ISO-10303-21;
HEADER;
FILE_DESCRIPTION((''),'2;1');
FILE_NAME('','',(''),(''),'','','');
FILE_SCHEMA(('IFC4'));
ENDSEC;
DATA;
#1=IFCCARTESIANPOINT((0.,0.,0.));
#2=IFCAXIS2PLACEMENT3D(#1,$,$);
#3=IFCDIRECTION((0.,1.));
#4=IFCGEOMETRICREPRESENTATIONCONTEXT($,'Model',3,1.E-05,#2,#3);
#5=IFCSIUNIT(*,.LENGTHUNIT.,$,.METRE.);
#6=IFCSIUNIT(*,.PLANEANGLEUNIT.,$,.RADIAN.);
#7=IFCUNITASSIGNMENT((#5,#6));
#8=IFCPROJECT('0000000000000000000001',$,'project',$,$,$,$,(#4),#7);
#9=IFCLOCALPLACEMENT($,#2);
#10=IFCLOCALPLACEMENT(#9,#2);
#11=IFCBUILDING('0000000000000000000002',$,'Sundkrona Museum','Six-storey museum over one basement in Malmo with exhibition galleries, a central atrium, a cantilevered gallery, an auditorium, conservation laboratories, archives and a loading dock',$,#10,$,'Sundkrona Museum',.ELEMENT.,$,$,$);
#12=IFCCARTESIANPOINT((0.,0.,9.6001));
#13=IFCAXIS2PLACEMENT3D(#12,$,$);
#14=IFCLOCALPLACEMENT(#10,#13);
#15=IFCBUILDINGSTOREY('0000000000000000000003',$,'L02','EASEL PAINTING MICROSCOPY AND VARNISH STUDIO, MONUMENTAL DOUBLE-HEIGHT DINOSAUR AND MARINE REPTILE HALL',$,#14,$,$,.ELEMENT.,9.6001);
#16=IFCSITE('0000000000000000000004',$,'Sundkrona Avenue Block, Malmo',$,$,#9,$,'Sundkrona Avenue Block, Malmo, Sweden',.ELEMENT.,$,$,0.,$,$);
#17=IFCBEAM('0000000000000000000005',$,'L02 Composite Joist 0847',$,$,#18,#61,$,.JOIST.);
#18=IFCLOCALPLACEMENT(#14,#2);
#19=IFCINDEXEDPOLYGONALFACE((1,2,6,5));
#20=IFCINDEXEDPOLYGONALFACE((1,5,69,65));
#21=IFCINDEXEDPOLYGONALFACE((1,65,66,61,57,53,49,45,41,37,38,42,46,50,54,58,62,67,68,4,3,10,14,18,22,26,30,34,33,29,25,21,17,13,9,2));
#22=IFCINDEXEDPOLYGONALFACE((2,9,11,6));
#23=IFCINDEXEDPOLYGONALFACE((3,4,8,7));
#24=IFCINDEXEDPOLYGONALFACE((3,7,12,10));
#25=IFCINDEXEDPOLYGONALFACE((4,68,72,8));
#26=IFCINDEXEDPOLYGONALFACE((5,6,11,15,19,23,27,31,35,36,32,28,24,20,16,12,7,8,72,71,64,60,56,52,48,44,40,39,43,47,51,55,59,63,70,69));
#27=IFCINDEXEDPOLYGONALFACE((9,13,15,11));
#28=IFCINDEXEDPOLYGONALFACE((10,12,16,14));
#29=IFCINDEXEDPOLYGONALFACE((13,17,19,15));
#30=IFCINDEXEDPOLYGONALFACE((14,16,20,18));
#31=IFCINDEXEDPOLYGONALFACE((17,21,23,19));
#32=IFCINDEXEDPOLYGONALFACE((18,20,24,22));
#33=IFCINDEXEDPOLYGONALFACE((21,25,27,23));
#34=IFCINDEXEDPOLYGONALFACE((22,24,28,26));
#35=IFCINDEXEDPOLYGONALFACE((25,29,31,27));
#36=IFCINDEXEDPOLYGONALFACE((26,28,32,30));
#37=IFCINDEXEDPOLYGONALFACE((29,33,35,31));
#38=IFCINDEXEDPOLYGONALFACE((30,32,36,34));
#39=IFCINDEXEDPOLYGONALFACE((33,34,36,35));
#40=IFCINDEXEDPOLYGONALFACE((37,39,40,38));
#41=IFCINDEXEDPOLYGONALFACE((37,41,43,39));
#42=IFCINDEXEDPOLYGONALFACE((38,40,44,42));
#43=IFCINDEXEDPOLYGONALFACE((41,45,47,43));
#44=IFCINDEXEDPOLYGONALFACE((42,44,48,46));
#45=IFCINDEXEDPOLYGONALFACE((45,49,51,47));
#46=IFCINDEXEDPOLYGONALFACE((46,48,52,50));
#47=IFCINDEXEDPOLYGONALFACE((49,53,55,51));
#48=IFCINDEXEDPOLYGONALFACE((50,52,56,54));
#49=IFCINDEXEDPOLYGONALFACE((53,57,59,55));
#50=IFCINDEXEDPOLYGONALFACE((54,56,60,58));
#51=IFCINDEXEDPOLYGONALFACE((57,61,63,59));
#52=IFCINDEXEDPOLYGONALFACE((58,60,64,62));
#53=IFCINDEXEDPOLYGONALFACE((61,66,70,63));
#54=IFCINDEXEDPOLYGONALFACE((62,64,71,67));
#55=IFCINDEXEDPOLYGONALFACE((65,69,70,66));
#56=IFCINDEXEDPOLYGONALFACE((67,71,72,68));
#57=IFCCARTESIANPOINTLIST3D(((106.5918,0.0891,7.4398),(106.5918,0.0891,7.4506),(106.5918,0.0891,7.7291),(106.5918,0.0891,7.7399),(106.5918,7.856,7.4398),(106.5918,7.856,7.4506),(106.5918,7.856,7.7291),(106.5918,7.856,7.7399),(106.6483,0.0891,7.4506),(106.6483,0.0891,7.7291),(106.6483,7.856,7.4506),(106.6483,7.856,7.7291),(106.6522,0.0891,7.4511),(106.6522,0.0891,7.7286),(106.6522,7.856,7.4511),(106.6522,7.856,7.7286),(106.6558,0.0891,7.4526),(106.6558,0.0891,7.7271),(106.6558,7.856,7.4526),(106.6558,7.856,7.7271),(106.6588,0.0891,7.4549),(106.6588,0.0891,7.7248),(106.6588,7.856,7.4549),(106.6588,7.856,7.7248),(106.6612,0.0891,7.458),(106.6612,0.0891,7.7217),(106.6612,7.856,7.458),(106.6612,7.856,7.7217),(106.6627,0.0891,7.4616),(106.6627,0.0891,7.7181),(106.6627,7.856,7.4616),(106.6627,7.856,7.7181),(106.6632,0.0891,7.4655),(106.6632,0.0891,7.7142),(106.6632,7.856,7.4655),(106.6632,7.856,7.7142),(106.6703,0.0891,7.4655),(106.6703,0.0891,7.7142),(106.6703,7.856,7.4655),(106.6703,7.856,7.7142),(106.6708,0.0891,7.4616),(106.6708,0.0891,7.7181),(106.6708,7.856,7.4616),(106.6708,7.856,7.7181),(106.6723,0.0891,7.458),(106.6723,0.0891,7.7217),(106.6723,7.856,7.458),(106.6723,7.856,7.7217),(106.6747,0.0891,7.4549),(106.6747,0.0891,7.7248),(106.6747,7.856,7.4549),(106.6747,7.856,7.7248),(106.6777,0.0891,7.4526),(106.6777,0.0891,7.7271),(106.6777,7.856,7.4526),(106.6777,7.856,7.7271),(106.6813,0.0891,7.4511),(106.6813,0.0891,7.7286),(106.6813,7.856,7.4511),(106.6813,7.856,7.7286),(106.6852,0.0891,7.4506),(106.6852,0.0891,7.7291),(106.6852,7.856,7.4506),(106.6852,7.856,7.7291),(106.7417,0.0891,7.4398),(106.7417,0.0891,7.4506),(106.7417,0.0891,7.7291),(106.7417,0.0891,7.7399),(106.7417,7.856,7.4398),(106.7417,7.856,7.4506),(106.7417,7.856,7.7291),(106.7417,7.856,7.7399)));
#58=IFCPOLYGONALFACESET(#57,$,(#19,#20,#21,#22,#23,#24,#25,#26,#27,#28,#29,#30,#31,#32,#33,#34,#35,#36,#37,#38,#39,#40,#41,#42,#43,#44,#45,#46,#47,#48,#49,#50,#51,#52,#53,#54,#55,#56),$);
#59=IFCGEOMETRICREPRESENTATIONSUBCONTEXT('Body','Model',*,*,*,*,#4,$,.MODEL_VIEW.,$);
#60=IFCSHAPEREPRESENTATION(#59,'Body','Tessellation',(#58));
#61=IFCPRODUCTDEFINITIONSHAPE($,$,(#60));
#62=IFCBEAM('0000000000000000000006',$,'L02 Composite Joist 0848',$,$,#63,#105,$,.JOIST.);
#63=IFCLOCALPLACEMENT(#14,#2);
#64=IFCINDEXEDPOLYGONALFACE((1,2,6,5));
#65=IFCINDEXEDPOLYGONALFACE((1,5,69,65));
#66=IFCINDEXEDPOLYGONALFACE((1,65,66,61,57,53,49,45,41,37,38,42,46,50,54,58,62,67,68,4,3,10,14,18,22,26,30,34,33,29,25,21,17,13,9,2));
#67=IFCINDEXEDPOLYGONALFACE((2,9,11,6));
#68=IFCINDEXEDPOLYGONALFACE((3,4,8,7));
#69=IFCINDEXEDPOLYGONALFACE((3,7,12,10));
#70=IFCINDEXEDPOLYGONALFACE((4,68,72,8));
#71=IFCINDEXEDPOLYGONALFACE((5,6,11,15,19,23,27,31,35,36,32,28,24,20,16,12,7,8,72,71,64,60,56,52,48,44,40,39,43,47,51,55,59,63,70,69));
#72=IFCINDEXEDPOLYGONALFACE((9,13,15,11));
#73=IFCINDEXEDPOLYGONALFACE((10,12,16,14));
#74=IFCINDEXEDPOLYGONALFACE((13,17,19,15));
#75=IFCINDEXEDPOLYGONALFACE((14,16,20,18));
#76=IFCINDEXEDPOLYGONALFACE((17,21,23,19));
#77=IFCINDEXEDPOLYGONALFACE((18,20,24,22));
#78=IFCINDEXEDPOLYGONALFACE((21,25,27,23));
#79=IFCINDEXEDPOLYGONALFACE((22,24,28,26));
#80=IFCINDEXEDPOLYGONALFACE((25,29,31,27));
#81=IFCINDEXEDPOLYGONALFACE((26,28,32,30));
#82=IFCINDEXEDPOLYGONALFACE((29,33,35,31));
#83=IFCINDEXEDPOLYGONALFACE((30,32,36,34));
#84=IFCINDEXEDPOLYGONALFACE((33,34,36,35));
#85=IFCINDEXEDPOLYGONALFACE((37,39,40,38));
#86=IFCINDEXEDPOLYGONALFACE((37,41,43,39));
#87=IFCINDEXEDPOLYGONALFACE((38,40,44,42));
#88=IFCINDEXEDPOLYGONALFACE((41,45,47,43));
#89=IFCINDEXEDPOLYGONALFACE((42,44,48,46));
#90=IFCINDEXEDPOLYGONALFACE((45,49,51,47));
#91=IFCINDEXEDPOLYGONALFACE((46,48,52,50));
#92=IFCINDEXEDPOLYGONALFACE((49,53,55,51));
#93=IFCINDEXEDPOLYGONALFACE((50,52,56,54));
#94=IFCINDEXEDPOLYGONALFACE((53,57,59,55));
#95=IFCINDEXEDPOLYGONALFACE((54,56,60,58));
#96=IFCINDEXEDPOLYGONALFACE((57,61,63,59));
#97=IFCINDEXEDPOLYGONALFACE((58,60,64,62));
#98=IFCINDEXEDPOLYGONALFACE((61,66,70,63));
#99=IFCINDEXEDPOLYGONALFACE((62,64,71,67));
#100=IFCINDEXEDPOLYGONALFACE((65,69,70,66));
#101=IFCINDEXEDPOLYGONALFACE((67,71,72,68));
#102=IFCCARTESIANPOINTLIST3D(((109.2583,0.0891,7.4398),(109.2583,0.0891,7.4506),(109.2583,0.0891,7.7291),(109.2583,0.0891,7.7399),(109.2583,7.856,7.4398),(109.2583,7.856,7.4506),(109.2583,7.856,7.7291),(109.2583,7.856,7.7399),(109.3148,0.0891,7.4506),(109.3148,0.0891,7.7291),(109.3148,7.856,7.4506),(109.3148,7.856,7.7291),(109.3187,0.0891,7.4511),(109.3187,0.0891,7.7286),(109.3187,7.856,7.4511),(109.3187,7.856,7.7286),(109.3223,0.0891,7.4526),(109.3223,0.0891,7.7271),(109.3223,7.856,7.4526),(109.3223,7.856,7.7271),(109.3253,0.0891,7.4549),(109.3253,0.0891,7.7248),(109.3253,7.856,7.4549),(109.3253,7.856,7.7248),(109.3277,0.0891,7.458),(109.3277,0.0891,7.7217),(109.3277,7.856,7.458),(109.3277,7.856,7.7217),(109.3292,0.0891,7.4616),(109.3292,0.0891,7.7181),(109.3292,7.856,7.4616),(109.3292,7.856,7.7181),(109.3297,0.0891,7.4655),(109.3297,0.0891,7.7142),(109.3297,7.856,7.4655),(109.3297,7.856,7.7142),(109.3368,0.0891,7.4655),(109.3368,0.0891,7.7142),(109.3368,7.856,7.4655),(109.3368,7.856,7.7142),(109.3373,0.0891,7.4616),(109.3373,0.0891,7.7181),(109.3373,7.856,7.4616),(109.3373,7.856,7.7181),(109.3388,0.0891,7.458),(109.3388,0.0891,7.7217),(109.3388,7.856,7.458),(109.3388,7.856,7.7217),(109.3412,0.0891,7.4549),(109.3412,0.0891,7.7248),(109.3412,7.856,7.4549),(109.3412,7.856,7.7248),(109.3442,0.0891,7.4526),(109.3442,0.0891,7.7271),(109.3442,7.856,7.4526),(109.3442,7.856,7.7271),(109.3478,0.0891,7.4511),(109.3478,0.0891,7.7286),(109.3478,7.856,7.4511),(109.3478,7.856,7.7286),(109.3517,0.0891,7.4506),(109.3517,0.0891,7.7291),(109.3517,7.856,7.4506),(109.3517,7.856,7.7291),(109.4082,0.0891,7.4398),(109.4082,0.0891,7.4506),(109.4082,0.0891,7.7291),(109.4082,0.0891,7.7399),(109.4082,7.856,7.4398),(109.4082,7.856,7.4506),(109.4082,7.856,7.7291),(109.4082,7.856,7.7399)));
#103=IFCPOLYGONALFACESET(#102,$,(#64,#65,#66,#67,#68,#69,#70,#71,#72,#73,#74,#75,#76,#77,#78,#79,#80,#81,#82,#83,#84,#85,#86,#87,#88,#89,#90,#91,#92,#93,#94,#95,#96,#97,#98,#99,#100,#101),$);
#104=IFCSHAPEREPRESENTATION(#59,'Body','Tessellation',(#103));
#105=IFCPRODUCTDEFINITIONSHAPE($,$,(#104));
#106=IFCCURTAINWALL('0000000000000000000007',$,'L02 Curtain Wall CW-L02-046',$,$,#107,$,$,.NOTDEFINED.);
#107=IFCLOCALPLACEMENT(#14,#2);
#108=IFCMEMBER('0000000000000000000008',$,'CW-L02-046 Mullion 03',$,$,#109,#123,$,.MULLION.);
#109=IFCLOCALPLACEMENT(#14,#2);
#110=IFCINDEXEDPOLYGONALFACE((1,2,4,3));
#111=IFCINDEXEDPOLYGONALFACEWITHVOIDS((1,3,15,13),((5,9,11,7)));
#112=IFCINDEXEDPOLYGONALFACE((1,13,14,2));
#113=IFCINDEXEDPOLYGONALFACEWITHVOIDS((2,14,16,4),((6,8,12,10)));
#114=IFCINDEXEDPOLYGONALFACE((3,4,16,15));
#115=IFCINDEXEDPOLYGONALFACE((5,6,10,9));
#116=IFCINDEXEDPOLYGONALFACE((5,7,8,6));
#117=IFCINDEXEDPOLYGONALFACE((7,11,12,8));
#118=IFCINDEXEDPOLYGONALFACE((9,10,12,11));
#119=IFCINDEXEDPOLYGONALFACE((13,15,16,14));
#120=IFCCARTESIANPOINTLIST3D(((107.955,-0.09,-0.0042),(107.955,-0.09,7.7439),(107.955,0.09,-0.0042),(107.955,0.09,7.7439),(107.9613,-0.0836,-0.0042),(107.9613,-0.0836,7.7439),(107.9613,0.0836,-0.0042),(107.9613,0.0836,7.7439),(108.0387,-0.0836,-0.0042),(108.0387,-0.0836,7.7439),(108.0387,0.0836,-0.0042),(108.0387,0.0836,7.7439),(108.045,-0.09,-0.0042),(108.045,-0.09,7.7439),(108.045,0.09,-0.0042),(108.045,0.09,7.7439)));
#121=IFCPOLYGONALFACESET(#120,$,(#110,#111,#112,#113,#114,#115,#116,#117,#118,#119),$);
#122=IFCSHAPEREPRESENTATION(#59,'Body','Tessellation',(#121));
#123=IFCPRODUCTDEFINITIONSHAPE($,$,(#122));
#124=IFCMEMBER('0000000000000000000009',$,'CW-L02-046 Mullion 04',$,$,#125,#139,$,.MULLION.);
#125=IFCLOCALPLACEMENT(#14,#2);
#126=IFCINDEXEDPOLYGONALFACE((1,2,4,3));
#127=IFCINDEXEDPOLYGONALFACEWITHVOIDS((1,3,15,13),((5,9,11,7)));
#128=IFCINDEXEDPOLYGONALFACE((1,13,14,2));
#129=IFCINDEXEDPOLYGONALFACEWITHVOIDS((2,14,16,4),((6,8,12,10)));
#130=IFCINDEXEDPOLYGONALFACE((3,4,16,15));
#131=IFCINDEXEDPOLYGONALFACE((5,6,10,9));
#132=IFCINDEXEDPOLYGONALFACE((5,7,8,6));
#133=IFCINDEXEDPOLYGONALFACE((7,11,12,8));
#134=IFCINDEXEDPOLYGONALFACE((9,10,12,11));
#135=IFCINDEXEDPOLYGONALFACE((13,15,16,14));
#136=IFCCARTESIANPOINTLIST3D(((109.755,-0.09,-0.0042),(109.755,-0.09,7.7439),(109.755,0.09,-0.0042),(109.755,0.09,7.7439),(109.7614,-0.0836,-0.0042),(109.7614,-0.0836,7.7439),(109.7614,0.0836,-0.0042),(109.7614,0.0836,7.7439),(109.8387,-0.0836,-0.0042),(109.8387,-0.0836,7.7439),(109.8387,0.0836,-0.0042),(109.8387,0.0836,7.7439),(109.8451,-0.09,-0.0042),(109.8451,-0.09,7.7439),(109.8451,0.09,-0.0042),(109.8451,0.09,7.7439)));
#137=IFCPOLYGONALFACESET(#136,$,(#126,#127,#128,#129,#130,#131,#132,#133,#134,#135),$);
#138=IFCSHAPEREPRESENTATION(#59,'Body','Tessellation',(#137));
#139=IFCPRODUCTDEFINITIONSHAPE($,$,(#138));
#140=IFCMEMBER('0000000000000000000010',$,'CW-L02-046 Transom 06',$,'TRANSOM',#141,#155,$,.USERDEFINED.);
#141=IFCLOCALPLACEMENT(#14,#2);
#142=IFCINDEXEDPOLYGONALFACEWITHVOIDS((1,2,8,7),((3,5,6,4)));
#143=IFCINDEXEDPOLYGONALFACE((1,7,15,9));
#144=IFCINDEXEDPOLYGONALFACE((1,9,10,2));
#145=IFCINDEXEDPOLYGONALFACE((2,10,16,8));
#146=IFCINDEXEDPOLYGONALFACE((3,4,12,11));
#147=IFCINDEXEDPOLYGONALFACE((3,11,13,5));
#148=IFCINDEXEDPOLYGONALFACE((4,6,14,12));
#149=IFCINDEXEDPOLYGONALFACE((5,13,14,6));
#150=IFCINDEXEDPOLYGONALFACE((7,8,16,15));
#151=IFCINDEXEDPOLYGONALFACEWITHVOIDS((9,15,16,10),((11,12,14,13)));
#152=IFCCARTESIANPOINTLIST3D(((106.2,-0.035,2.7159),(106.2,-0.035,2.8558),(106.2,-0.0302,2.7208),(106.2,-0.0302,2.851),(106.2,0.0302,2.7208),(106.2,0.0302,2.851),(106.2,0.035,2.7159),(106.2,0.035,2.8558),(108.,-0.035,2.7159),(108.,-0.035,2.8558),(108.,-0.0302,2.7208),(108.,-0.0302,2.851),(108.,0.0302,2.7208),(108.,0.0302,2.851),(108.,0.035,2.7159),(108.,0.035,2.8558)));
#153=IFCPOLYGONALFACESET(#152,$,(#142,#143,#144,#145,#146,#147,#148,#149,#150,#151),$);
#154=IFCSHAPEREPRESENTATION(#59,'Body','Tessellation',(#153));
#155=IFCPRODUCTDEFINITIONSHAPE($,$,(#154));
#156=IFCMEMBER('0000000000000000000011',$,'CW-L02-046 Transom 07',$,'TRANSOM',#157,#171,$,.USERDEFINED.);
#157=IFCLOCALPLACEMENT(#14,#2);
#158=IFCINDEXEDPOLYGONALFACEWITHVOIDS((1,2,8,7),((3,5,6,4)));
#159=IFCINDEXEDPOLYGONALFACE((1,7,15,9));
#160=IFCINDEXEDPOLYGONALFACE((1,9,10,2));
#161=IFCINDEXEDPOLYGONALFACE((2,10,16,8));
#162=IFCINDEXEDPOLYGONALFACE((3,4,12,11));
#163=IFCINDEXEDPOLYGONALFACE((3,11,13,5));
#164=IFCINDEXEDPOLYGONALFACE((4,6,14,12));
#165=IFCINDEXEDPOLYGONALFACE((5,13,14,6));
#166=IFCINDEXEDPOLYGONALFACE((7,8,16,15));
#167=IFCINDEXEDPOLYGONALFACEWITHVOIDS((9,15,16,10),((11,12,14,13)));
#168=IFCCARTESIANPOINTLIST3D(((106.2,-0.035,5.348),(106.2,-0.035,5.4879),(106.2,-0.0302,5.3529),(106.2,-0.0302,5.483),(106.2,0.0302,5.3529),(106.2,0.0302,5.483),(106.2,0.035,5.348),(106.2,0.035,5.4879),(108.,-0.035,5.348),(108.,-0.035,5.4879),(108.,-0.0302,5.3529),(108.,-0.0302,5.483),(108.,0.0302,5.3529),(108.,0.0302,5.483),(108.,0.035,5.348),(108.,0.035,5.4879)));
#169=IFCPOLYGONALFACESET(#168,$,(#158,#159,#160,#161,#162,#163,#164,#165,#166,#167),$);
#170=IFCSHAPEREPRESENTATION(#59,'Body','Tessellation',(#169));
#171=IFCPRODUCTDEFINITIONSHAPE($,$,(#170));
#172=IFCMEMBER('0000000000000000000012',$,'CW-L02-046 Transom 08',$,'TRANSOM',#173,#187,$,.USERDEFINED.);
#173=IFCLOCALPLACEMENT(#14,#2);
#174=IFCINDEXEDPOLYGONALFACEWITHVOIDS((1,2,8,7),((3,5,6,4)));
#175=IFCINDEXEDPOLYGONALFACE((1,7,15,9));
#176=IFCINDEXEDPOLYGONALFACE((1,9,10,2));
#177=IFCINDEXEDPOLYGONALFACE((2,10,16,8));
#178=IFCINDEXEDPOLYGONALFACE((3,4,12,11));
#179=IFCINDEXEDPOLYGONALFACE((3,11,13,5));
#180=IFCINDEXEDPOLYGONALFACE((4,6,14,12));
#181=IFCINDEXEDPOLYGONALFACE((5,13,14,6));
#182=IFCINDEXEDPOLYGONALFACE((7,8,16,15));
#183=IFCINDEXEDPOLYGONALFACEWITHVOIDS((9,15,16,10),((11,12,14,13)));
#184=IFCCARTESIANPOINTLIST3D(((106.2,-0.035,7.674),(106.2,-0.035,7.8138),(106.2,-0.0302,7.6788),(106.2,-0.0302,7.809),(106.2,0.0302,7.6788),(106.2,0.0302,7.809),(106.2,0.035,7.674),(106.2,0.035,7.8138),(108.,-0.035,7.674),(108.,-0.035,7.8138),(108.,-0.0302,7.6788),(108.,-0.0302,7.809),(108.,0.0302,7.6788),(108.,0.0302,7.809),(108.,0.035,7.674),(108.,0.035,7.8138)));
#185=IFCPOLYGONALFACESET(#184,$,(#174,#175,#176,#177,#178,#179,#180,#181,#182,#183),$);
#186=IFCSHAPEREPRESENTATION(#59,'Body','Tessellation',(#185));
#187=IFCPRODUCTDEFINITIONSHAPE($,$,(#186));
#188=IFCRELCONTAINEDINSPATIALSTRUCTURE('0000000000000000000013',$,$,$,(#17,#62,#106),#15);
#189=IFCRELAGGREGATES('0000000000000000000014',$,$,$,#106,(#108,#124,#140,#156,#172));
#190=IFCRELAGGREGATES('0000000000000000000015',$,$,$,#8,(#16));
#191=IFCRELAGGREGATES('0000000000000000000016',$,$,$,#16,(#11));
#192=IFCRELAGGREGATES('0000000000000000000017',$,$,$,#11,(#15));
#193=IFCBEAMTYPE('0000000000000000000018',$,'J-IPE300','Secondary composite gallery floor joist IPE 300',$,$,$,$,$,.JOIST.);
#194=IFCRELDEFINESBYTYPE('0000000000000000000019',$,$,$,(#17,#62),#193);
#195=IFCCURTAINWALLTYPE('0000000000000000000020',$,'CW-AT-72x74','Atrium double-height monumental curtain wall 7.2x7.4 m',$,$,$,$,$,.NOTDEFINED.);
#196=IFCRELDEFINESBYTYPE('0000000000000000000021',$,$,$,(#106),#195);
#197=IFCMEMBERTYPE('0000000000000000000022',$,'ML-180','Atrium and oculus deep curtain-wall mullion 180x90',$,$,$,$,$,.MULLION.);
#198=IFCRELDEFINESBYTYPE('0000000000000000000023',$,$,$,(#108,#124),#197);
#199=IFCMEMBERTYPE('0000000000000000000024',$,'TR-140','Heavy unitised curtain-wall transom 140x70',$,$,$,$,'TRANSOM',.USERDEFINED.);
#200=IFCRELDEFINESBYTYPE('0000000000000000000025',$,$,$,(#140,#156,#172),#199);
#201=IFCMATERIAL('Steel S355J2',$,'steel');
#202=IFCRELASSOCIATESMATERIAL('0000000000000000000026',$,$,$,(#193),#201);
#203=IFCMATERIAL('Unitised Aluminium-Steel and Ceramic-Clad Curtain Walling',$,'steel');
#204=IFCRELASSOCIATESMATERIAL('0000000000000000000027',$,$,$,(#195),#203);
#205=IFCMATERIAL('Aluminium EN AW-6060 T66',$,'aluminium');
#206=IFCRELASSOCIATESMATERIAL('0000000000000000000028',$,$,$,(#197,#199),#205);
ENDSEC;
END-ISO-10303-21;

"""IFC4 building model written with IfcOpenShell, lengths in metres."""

from ifc_helpers import new_model, si_unit, direction, frame, origin, origin_2d, place, context, subcontext, project, spatial, hollow_rectangle, i_section, extrude, material, material_profile, profile_set, type_object, element, aggregate, save


model = new_model("IFC4")

# Units and contexts
model_context = context("Model", 3, precision=1e-05, world=origin(), true_north=direction((0.0, 1.0)))
body_context = subcontext(model_context, "Body", "Model", "MODEL_VIEW")
ifc_project = project(units=[si_unit("LENGTHUNIT", "METRE"), si_unit("PLANEANGLEUNIT", "RADIAN")], contexts=[model_context])

# Site, building, storey
site_placement = place(None, origin())
site = spatial("IfcSite", under=ifc_project, at=site_placement, Name="Sundkrona Avenue Block, Malmo", LongName="Sundkrona Avenue Block, Malmo, Sweden", CompositionType="ELEMENT", RefElevation=0.0)
building_placement = place(site_placement, origin())
building = spatial("IfcBuilding", under=site, at=building_placement, Name="Sundkrona Museum", Description="Six-storey museum over one basement in Malmo with exhibition galleries, a central atrium, a cantilevered gallery, an auditorium, conservation laboratories, archives and a loading dock", LongName="Sundkrona Museum", CompositionType="ELEMENT")
storey_placement = place(building_placement, frame((0.0, 0.0, 9.6001)))
storey = spatial("IfcBuildingStorey", under=building, at=storey_placement, Name="L02", Description="EASEL PAINTING MICROSCOPY AND VARNISH STUDIO, MONUMENTAL DOUBLE-HEIGHT DINOSAUR AND MARINE REPTILE HALL", CompositionType="ELEMENT", Elevation=9.6001)

# Beams
ifc_material_1 = material(Name="Steel S355J2", Category="steel")
ifc_material_profile_1 = material_profile(ifc_material_1, i_section(OverallWidth=0.1499, OverallDepth=0.3, WebThickness=0.0071, FlangeThickness=0.0107, FilletRadius=0.0149, at=origin_2d()), Name="IPE 300")
ifc_profile_set_1 = profile_set([ifc_material_profile_1], Name="Steel S355J2")
beam_type = type_object("IfcBeamType", Name="J-IPE300", Description="Secondary composite gallery floor joist IPE 300", PredefinedType="JOIST", material=ifc_profile_set_1)
for number, where, z_axis, x_axis, name in (
    (1, (106.6667, 0.0891, 7.5898), (0.0, 1.0, 0.0), (-1.0, 0.0, 0.0), "L02 Composite Joist 0847"),
    (2, (109.3333, 0.0891, 7.5898), (0.0, 1.0, 0.0), (-1.0, 0.0, 0.0), "L02 Composite Joist 0848"),
):
    element("IfcBeam", number, at=place(storey_placement, frame(where, z_axis=z_axis, x_axis=x_axis)), inside=storey, type_object=beam_type, Name=name, PredefinedType="JOIST", context=body_context, shape_type="SweptSolid", body=[
        extrude(i_section(OverallWidth=0.1499, OverallDepth=0.3, WebThickness=0.0071, FlangeThickness=0.0107, FilletRadius=0.0149, at=origin_2d()), origin(), (0.0, 0.0, 1.0), 7.7668),
    ])

# Curtain wall, members
ifc_material_2 = material(Name="Unitised Aluminium-Steel and Ceramic-Clad Curtain Walling", Category="steel")
curtain_wall_type = type_object("IfcCurtainWallType", Name="CW-AT-72x74", Description="Atrium double-height monumental curtain wall 7.2x7.4 m", PredefinedType="NOTDEFINED", material=ifc_material_2)
curtain_wall_placement = place(storey_placement, origin())
curtain_wall = element("IfcCurtainWall", 3, at=curtain_wall_placement, inside=storey, type_object=curtain_wall_type, Name="L02 Curtain Wall CW-L02-046", PredefinedType="NOTDEFINED")
ifc_material_3 = material(Name="Aluminium EN AW-6060 T66", Category="aluminium")
ifc_material_profile_2 = material_profile(ifc_material_3, hollow_rectangle(XDim=0.0901, YDim=0.1799, WallThickness=0.0063, at=origin_2d()), Name="RHS 180x90x6.3")
ifc_profile_set_2 = profile_set([ifc_material_profile_2], Name="Aluminium EN AW-6060 T66")
member_type_1 = type_object("IfcMemberType", Name="ML-180", Description="Atrium and oculus deep curtain-wall mullion 180x90", PredefinedType="MULLION", material=ifc_profile_set_2)
member_1_placement = place(storey_placement, frame((108.0, 0.0, -0.0042), z_axis=(0.0, 0.0, 1.0), x_axis=(1.0, 0.0, 0.0)))
member_1 = element("IfcMember", 4, at=member_1_placement, type_object=member_type_1, Name="CW-L02-046 Mullion 03", PredefinedType="MULLION", context=body_context, shape_type="SweptSolid", body=[
    extrude(hollow_rectangle(XDim=0.0901, YDim=0.1799, WallThickness=0.0063, at=origin_2d()), origin(), (0.0, 0.0, 1.0), 7.748),
])
member_2_placement = place(storey_placement, frame((109.8, 0.0, -0.0042), z_axis=(0.0, 0.0, 1.0), x_axis=(1.0, 0.0, 0.0)))
member_2 = element("IfcMember", 5, at=member_2_placement, type_object=member_type_1, Name="CW-L02-046 Mullion 04", PredefinedType="MULLION", context=body_context, shape_type="SweptSolid", body=[
    extrude(hollow_rectangle(XDim=0.0901, YDim=0.1799, WallThickness=0.0063, at=origin_2d()), origin(), (0.0, 0.0, 1.0), 7.748),
])
ifc_material_profile_3 = material_profile(ifc_material_3, hollow_rectangle(XDim=0.0701, YDim=0.1399, WallThickness=0.0049, at=origin_2d()), Name="RHS 140x70x5.0")
ifc_profile_set_3 = profile_set([ifc_material_profile_3], Name="Aluminium EN AW-6060 T66")
member_type_2 = type_object("IfcMemberType", Name="TR-140", Description="Heavy unitised curtain-wall transom 140x70", ElementType="TRANSOM", PredefinedType="USERDEFINED", material=ifc_profile_set_3)
member_3_placement = place(storey_placement, frame((106.2, 0.0, 2.7859), z_axis=(1.0, 0.0, 0.0), x_axis=(0.0, 1.0, 0.0)))
member_3 = element("IfcMember", 6, at=member_3_placement, type_object=member_type_2, Name="CW-L02-046 Transom 06", ObjectType="TRANSOM", PredefinedType="USERDEFINED", context=body_context, shape_type="SweptSolid", body=[
    extrude(hollow_rectangle(XDim=0.0701, YDim=0.1399, WallThickness=0.0049, at=origin_2d()), origin(), (0.0, 0.0, 1.0), 1.8),
])
member_4_placement = place(storey_placement, frame((106.2, 0.0, 5.418), z_axis=(1.0, 0.0, 0.0), x_axis=(0.0, 1.0, 0.0)))
member_4 = element("IfcMember", 7, at=member_4_placement, type_object=member_type_2, Name="CW-L02-046 Transom 07", ObjectType="TRANSOM", PredefinedType="USERDEFINED", context=body_context, shape_type="SweptSolid", body=[
    extrude(hollow_rectangle(XDim=0.0701, YDim=0.1399, WallThickness=0.0049, at=origin_2d()), origin(), (0.0, 0.0, 1.0), 1.8),
])
member_5_placement = place(storey_placement, frame((106.2, 0.0, 7.7439), z_axis=(1.0, 0.0, 0.0), x_axis=(0.0, 1.0, 0.0)))
member_5 = element("IfcMember", 8, at=member_5_placement, type_object=member_type_2, Name="CW-L02-046 Transom 08", ObjectType="TRANSOM", PredefinedType="USERDEFINED", context=body_context, shape_type="SweptSolid", body=[
    extrude(hollow_rectangle(XDim=0.0701, YDim=0.1399, WallThickness=0.0049, at=origin_2d()), origin(), (0.0, 0.0, 1.0), 1.8),
])
aggregate(curtain_wall, [member_1, member_2, member_3, member_4, member_5])

save(model, "model.ifc")
